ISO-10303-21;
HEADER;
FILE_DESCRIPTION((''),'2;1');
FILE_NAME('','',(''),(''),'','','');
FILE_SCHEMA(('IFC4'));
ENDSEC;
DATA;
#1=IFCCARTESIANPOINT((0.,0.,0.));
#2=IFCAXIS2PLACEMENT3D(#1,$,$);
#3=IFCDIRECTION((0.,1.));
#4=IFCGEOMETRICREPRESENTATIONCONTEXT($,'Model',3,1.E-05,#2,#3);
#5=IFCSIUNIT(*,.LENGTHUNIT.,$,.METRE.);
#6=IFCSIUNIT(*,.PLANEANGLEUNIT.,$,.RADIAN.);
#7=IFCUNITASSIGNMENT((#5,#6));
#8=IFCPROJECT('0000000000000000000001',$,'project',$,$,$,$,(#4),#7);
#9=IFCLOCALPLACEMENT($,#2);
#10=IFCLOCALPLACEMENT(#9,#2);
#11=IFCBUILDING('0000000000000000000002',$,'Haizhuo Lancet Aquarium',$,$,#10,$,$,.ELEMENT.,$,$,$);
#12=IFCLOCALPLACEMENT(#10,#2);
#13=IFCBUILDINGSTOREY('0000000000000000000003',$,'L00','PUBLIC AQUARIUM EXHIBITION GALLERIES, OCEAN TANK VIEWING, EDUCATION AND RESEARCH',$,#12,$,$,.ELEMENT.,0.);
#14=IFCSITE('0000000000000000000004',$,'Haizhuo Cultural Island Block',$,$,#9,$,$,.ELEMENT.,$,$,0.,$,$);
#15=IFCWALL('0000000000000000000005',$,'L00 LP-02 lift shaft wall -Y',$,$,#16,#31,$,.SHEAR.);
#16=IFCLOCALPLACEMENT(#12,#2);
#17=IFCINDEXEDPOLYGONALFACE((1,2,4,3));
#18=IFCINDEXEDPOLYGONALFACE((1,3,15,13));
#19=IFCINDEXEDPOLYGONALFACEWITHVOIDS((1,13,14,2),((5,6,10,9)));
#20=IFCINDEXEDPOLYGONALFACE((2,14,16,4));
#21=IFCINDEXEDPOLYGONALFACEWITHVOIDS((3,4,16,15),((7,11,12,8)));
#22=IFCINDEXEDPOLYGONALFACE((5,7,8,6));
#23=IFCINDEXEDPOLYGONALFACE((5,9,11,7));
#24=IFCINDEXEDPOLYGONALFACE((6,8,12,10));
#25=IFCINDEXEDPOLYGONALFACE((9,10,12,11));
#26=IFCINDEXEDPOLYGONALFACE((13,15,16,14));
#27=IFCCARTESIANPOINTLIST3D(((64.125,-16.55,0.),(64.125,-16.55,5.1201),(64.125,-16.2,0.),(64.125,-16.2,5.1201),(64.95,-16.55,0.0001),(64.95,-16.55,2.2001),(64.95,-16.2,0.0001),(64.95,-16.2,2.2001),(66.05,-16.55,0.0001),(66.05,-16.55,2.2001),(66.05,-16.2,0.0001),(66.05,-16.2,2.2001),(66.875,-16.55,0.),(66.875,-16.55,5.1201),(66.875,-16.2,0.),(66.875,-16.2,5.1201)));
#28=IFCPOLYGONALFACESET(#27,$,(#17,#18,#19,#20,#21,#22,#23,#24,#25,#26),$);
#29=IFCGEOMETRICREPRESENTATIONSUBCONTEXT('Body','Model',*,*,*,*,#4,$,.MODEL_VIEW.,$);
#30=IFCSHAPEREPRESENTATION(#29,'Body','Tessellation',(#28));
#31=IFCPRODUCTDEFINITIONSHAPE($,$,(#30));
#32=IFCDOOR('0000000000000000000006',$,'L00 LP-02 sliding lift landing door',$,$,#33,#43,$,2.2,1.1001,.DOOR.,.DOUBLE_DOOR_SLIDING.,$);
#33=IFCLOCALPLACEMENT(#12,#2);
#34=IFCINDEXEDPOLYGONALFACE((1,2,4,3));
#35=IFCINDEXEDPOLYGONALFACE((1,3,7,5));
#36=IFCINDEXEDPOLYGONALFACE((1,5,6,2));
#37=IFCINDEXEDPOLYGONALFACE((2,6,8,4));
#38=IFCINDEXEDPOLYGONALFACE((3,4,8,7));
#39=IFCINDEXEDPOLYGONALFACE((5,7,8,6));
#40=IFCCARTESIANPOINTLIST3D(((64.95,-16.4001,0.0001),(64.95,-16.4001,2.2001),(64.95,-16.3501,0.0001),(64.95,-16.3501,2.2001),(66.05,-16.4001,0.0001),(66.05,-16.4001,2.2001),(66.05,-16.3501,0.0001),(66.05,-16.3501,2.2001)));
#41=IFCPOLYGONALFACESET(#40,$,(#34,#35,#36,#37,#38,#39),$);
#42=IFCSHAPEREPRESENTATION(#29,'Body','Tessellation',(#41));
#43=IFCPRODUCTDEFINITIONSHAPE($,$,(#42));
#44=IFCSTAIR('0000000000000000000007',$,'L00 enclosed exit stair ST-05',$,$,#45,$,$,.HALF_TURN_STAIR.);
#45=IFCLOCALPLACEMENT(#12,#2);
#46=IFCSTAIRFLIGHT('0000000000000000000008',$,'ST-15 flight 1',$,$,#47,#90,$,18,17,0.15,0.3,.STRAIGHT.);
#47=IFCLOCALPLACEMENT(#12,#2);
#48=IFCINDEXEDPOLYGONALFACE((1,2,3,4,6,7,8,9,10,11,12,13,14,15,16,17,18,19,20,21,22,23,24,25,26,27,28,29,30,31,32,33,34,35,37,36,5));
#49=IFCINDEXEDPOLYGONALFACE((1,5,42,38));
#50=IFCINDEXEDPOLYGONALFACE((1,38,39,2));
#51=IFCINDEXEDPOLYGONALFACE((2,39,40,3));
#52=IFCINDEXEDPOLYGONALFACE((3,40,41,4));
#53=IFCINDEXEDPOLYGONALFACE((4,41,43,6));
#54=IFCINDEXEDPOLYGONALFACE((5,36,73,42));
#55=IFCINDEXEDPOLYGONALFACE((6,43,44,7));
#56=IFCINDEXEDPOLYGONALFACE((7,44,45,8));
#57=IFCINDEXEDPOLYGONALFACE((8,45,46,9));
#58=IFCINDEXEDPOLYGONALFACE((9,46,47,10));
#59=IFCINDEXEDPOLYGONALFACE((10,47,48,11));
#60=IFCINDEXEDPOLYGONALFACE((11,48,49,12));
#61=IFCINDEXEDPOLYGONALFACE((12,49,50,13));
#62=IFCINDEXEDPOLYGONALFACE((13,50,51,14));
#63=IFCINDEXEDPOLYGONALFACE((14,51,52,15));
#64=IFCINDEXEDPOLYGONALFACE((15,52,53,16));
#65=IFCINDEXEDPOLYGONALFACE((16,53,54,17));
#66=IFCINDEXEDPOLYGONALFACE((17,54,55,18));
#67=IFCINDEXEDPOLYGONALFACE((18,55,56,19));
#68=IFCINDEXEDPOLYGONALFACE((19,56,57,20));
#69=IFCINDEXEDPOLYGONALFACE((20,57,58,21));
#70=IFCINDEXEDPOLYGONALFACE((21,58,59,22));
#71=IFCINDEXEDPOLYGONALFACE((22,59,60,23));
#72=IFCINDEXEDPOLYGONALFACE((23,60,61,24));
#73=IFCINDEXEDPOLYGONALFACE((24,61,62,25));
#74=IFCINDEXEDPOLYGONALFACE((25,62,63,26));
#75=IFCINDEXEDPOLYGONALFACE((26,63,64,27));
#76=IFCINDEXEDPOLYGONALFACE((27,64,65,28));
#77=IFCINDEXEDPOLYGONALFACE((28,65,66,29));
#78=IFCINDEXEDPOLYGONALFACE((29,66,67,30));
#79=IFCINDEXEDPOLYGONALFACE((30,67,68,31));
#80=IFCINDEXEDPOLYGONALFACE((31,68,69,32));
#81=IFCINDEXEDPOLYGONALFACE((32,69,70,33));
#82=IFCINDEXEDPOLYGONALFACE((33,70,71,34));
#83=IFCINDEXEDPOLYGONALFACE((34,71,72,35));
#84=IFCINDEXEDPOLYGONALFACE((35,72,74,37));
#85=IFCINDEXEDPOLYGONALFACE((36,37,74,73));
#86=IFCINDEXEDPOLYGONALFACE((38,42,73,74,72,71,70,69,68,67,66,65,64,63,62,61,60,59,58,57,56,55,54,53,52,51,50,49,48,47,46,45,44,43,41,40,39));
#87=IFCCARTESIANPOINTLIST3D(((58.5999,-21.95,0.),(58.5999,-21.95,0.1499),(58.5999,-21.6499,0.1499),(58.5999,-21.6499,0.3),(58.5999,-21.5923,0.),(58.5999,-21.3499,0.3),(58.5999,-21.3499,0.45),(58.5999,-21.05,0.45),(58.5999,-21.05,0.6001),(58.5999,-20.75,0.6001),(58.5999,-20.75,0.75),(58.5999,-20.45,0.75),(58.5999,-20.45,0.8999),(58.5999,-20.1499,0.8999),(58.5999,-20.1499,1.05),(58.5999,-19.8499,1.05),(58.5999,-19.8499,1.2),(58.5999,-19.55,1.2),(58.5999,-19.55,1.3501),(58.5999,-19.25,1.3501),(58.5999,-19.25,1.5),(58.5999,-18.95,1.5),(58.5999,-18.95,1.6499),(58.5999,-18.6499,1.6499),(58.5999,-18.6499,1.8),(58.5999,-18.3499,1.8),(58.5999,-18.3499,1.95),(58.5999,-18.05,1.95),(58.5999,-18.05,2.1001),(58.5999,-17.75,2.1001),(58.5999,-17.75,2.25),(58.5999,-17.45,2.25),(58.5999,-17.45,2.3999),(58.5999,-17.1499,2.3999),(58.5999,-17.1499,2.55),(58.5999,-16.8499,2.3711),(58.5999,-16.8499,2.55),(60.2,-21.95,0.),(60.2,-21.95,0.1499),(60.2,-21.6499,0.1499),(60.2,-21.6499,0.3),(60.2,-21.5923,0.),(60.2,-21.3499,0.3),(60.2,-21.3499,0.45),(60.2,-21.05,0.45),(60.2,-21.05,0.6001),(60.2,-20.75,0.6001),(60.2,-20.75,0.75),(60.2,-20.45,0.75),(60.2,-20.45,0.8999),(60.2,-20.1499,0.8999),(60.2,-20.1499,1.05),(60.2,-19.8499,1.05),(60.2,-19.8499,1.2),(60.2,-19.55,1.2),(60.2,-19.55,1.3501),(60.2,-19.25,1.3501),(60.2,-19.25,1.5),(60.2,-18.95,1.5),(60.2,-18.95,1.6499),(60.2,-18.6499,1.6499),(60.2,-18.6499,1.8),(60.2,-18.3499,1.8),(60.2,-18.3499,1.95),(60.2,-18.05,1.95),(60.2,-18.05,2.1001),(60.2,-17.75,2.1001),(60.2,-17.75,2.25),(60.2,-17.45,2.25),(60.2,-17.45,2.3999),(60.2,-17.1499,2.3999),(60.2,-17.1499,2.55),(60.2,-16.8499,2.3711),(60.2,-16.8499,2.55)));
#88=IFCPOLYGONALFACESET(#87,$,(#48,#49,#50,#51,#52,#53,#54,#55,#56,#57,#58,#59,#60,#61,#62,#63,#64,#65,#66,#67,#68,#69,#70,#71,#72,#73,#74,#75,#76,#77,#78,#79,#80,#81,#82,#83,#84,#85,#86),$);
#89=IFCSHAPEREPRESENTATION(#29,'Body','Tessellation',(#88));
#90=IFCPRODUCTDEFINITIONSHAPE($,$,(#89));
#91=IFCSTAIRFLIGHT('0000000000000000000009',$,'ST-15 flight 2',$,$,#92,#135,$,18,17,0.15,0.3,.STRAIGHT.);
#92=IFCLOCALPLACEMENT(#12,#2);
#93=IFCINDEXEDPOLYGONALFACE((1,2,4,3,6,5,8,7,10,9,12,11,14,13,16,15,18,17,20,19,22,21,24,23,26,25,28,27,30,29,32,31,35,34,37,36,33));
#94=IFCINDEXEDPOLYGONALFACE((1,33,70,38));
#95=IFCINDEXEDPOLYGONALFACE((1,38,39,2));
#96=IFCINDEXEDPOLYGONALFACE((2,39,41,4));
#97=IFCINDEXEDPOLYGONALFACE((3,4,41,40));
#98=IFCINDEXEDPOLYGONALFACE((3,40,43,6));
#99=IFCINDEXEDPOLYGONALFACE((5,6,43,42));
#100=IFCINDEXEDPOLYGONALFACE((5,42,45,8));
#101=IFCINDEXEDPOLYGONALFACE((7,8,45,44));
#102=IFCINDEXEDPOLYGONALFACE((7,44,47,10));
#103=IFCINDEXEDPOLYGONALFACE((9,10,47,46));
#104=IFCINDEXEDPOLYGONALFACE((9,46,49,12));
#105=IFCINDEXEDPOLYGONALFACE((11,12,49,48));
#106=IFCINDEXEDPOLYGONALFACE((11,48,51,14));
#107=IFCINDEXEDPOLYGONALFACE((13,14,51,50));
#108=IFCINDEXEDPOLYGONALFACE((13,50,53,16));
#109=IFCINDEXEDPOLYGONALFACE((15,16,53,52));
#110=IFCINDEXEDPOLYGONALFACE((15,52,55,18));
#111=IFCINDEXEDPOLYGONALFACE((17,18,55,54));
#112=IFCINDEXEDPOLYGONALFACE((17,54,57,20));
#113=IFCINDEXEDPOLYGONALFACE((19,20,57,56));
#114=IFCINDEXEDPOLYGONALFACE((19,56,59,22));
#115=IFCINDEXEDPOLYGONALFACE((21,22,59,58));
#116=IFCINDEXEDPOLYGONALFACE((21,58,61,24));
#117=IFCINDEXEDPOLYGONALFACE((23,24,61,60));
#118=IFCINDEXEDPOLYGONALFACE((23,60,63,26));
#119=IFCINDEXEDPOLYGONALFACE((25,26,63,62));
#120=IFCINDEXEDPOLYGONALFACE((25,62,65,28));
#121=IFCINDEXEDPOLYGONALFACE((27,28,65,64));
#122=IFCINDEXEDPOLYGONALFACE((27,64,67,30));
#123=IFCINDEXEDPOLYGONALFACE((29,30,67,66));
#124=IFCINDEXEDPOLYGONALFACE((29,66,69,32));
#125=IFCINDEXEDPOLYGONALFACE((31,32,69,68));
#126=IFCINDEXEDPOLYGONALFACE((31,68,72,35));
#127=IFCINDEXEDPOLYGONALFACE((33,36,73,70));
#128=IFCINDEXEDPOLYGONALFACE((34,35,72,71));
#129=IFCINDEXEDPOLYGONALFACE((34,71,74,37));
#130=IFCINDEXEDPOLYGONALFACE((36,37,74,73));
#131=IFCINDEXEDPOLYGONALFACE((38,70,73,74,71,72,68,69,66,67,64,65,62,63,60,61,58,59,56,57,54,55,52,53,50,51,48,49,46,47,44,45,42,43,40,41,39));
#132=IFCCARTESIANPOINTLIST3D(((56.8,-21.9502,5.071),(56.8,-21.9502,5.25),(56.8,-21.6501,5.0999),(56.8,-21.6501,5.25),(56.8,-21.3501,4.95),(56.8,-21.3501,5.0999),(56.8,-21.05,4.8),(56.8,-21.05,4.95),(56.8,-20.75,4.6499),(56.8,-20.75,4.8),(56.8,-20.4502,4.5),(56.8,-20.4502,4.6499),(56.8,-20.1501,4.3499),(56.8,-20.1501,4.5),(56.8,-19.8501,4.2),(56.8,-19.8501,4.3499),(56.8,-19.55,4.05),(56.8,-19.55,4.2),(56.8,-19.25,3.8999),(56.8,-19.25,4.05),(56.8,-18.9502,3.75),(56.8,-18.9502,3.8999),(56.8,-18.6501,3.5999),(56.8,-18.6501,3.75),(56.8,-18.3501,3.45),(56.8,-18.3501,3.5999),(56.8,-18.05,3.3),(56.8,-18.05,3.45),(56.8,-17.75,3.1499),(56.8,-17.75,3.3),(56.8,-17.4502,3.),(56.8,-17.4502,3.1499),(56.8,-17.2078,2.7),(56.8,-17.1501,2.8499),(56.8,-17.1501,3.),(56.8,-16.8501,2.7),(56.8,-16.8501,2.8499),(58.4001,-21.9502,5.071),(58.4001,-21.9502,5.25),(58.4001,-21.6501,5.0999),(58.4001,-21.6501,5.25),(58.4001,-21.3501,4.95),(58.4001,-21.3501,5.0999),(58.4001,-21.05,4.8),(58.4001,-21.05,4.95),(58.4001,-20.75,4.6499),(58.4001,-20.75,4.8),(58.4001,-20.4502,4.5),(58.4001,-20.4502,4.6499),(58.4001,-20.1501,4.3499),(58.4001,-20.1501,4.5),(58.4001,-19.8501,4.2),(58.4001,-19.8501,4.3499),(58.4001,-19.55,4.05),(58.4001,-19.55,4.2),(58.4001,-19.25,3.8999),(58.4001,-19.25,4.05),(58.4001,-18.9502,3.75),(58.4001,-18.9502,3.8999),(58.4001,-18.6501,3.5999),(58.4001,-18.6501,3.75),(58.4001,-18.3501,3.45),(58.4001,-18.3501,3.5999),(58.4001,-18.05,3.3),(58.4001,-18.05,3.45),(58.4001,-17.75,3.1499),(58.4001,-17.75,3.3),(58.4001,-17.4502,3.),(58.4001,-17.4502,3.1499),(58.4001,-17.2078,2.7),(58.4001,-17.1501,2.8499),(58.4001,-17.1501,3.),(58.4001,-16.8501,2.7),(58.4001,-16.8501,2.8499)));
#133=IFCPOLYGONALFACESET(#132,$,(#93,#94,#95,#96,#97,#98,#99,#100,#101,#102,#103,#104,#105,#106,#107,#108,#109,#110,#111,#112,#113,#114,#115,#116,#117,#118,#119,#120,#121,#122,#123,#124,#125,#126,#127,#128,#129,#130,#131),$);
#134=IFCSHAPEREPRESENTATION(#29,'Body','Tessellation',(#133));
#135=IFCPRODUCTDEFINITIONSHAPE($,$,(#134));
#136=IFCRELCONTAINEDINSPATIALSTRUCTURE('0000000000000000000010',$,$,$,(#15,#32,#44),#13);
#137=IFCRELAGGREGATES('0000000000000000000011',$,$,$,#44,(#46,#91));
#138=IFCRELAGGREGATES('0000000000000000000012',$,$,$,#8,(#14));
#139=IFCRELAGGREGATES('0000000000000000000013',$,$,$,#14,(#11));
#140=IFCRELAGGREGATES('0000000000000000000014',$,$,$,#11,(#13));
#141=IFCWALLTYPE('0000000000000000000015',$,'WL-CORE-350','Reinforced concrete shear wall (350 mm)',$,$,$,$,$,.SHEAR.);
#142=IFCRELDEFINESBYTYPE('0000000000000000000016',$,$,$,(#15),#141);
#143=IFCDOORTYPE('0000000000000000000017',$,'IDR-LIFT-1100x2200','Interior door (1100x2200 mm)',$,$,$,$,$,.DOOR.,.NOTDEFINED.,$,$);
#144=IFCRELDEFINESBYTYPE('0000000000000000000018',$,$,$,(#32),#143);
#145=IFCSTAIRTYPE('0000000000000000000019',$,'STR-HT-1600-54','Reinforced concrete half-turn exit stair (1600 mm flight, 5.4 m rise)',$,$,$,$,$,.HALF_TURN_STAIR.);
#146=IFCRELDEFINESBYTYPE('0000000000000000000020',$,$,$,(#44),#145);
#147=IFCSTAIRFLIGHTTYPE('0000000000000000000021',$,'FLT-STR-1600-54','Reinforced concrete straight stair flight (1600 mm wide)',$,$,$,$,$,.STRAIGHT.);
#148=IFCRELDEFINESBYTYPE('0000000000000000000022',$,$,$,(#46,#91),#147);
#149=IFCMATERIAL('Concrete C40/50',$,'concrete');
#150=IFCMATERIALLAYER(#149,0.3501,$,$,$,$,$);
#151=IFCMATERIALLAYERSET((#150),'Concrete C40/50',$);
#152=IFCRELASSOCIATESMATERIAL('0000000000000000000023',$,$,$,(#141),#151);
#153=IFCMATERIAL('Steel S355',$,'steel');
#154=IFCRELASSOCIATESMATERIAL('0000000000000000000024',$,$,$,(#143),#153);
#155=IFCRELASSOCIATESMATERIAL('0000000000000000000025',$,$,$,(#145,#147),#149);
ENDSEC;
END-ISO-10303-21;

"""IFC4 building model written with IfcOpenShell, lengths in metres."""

from ifc_helpers import new_model, si_unit, direction, frame, frame_2d, origin, place, context, subcontext, project, spatial, polyline, rectangle, outline, extrude, material, layer, layer_set, type_object, element, fill, aggregate, save


model = new_model("IFC4")

# Units and contexts
model_context = context("Model", 3, precision=1e-05, world=origin(), true_north=direction((0.0, 1.0)))
body_context = subcontext(model_context, "Body", "Model", "MODEL_VIEW")
ifc_project = project(units=[si_unit("LENGTHUNIT", "METRE"), si_unit("PLANEANGLEUNIT", "RADIAN")], contexts=[model_context])

# Site, building, storey
site_placement = place(None, origin())
site = spatial("IfcSite", under=ifc_project, at=site_placement, Name="Haizhuo Cultural Island Block", CompositionType="ELEMENT", RefElevation=0.0)
building_placement = place(site_placement, origin())
building = spatial("IfcBuilding", under=site, at=building_placement, Name="Haizhuo Lancet Aquarium", CompositionType="ELEMENT")
storey_placement = place(building_placement, origin())
storey = spatial("IfcBuildingStorey", under=building, at=storey_placement, Name="L00", Description="PUBLIC AQUARIUM EXHIBITION GALLERIES, OCEAN TANK VIEWING, EDUCATION AND RESEARCH", CompositionType="ELEMENT", Elevation=0.0)

# Shared definitions
ifc_material_1 = material(Name="Concrete C40/50", Category="concrete")
ifc_material_2 = material(Name="Steel S355", Category="steel")

# Shared definitions
ifc_layer_1 = layer(ifc_material_1, 0.3501)
ifc_layer_set_1 = layer_set([ifc_layer_1], Name="Concrete C40/50")
wall_type_1 = type_object("IfcWallType", Name="WL-CORE-350", Description="Reinforced concrete shear wall (350 mm)", PredefinedType="SHEAR", material=ifc_layer_set_1)

# Wall, opening, door
wall_1_placement = place(storey_placement, frame((64.125, -16.375, 0.0), z_axis=(0.0, 0.0, 1.0), x_axis=(1.0, 0.0, 0.0)))
wall_1 = element("IfcWall", 1, at=wall_1_placement, inside=storey, type_object=wall_type_1, Name="L00 LP-02 lift shaft wall -Y", PredefinedType="SHEAR", context=body_context, shape_type="SweptSolid", body=[
    extrude(rectangle(XDim=2.75, YDim=0.3501, at=frame_2d((1.375, 0.0))), origin(), (0.0, 0.0, 1.0), 5.1201),
])
opening_1_placement = place(wall_1_placement, frame((0.825, 0.0, 0.0)))
opening_1 = element("IfcOpeningElement", 2, at=opening_1_placement, cuts=wall_1, PredefinedType="OPENING", context=body_context, shape_type="SweptSolid", body=[
    extrude(rectangle(XDim=1.1001, YDim=2.2, at=frame_2d((0.55, 1.1001))), frame((0.0, 0.1851, 0.0), z_axis=(0.0, -1.0, 0.0), x_axis=(1.0, 0.0, 0.0)), (0.0, 0.0, 1.0), 0.3701),
])
door_type_1 = type_object("IfcDoorType", Name="IDR-LIFT-1100x2200", Description="Interior door (1100x2200 mm)", OperationType="NOTDEFINED", PredefinedType="DOOR", material=ifc_material_2)
door_1_placement = place(opening_1_placement, origin())
door_1 = element("IfcDoor", 3, at=door_1_placement, inside=storey, type_object=door_type_1, Name="L00 LP-02 sliding lift landing door", OperationType="DOUBLE_DOOR_SLIDING", OverallHeight=2.2, OverallWidth=1.1001, PredefinedType="DOOR", context=body_context, shape_type="SweptSolid", body=[
    extrude(rectangle(XDim=1.1001, YDim=2.2, at=frame_2d((0.55, 1.1001))), frame((0.0, 0.0249, 0.0), z_axis=(0.0, -1.0, 0.0), x_axis=(1.0, 0.0, 0.0)), (0.0, 0.0, 1.0), 0.05),
])
fill(opening_1, door_1)

# Stair, stair flights
stair_type = type_object("IfcStairType", Name="STR-HT-1600-54", Description="Reinforced concrete half-turn exit stair (1600 mm flight, 5.4 m rise)", PredefinedType="HALF_TURN_STAIR", material=ifc_material_1)
stair_placement = place(storey_placement, origin())
stair = element("IfcStair", 4, at=stair_placement, inside=storey, type_object=stair_type, Name="L00 enclosed exit stair ST-05", PredefinedType="HALF_TURN_STAIR")
stair_flight_type = type_object("IfcStairFlightType", Name="FLT-STR-1600-54", Description="Reinforced concrete straight stair flight (1600 mm wide)", PredefinedType="STRAIGHT", material=ifc_material_1)
stair_flight_1_placement = place(storey_placement, frame((59.3999, -21.95, 0.0), z_axis=(0.0, 0.0, 1.0), x_axis=(0.0, 1.0, 0.0)))
stair_flight_1 = element("IfcStairFlight", 5, at=stair_flight_1_placement, type_object=stair_flight_type, Name="ST-15 flight 1", NumberOfRisers=18, NumberOfTreads=17, PredefinedType="STRAIGHT", RiserHeight=0.15, TreadLength=0.3, context=body_context, shape_type="SweptSolid", body=[
    extrude(outline(polyline([(0.0, 0.0), (0.0, 0.1499), (0.3, 0.1499), (0.3, 0.3), (0.6001, 0.3), (0.6001, 0.45), (0.8999, 0.45), (0.8999, 0.6001), (1.2, 0.6001), (1.2, 0.75), (1.5, 0.75), (1.5, 0.8999), (1.8, 0.8999), (1.8, 1.05), (2.1001, 1.05), (2.1001, 1.2), (2.3999, 1.2), (2.3999, 1.3501), (2.7, 1.3501), (2.7, 1.5), (3.0, 1.5), (3.0, 1.6499), (3.3, 1.6499), (3.3, 1.8), (3.6001, 1.8), (3.6001, 1.95), (3.8999, 1.95), (3.8999, 2.1001), (4.2, 2.1001), (4.2, 2.25), (4.5, 2.25), (4.5, 2.3999), (4.8, 2.3999), (4.8, 2.55), (5.1001, 2.55), (5.1001, 2.7), (5.1001, 2.3711), (0.3577, 0.0), (0.0, 0.0)])), frame((0.0, 0.8, 0.0), z_axis=(0.0, -1.0, 0.0), x_axis=(1.0, 0.0, 0.0)), (0.0, 0.0, 1.0), 1.6001),
])
stair_flight_2_placement = place(storey_placement, frame((57.6001, -16.8501, 2.7), z_axis=(0.0, 0.0, 1.0), x_axis=(0.0, -1.0, 0.0)))
stair_flight_2 = element("IfcStairFlight", 6, at=stair_flight_2_placement, type_object=stair_flight_type, Name="ST-15 flight 2", NumberOfRisers=18, NumberOfTreads=17, PredefinedType="STRAIGHT", RiserHeight=0.15, TreadLength=0.3, context=body_context, shape_type="SweptSolid", body=[
    extrude(outline(polyline([(0.0, 0.0), (0.0, 0.1499), (0.3, 0.1499), (0.3, 0.3), (0.6001, 0.3), (0.6001, 0.45), (0.8999, 0.45), (0.8999, 0.6001), (1.2, 0.6001), (1.2, 0.75), (1.5, 0.75), (1.5, 0.8999), (1.8, 0.8999), (1.8, 1.05), (2.1001, 1.05), (2.1001, 1.2), (2.3999, 1.2), (2.3999, 1.3501), (2.7, 1.3501), (2.7, 1.5), (3.0, 1.5), (3.0, 1.6499), (3.3, 1.6499), (3.3, 1.8), (3.6001, 1.8), (3.6001, 1.95), (3.8999, 1.95), (3.8999, 2.1001), (4.2, 2.1001), (4.2, 2.25), (4.5, 2.25), (4.5, 2.3999), (4.8, 2.3999), (4.8, 2.55), (5.1001, 2.55), (5.1001, 2.7), (5.1001, 2.3711), (0.3577, 0.0), (0.0, 0.0)])), frame((0.0, 0.8, 0.0), z_axis=(0.0, -1.0, 0.0), x_axis=(1.0, 0.0, 0.0)), (0.0, 0.0, 1.0), 1.6001),
])
aggregate(stair, [stair_flight_1, stair_flight_2])

save(model, "model.ifc")
